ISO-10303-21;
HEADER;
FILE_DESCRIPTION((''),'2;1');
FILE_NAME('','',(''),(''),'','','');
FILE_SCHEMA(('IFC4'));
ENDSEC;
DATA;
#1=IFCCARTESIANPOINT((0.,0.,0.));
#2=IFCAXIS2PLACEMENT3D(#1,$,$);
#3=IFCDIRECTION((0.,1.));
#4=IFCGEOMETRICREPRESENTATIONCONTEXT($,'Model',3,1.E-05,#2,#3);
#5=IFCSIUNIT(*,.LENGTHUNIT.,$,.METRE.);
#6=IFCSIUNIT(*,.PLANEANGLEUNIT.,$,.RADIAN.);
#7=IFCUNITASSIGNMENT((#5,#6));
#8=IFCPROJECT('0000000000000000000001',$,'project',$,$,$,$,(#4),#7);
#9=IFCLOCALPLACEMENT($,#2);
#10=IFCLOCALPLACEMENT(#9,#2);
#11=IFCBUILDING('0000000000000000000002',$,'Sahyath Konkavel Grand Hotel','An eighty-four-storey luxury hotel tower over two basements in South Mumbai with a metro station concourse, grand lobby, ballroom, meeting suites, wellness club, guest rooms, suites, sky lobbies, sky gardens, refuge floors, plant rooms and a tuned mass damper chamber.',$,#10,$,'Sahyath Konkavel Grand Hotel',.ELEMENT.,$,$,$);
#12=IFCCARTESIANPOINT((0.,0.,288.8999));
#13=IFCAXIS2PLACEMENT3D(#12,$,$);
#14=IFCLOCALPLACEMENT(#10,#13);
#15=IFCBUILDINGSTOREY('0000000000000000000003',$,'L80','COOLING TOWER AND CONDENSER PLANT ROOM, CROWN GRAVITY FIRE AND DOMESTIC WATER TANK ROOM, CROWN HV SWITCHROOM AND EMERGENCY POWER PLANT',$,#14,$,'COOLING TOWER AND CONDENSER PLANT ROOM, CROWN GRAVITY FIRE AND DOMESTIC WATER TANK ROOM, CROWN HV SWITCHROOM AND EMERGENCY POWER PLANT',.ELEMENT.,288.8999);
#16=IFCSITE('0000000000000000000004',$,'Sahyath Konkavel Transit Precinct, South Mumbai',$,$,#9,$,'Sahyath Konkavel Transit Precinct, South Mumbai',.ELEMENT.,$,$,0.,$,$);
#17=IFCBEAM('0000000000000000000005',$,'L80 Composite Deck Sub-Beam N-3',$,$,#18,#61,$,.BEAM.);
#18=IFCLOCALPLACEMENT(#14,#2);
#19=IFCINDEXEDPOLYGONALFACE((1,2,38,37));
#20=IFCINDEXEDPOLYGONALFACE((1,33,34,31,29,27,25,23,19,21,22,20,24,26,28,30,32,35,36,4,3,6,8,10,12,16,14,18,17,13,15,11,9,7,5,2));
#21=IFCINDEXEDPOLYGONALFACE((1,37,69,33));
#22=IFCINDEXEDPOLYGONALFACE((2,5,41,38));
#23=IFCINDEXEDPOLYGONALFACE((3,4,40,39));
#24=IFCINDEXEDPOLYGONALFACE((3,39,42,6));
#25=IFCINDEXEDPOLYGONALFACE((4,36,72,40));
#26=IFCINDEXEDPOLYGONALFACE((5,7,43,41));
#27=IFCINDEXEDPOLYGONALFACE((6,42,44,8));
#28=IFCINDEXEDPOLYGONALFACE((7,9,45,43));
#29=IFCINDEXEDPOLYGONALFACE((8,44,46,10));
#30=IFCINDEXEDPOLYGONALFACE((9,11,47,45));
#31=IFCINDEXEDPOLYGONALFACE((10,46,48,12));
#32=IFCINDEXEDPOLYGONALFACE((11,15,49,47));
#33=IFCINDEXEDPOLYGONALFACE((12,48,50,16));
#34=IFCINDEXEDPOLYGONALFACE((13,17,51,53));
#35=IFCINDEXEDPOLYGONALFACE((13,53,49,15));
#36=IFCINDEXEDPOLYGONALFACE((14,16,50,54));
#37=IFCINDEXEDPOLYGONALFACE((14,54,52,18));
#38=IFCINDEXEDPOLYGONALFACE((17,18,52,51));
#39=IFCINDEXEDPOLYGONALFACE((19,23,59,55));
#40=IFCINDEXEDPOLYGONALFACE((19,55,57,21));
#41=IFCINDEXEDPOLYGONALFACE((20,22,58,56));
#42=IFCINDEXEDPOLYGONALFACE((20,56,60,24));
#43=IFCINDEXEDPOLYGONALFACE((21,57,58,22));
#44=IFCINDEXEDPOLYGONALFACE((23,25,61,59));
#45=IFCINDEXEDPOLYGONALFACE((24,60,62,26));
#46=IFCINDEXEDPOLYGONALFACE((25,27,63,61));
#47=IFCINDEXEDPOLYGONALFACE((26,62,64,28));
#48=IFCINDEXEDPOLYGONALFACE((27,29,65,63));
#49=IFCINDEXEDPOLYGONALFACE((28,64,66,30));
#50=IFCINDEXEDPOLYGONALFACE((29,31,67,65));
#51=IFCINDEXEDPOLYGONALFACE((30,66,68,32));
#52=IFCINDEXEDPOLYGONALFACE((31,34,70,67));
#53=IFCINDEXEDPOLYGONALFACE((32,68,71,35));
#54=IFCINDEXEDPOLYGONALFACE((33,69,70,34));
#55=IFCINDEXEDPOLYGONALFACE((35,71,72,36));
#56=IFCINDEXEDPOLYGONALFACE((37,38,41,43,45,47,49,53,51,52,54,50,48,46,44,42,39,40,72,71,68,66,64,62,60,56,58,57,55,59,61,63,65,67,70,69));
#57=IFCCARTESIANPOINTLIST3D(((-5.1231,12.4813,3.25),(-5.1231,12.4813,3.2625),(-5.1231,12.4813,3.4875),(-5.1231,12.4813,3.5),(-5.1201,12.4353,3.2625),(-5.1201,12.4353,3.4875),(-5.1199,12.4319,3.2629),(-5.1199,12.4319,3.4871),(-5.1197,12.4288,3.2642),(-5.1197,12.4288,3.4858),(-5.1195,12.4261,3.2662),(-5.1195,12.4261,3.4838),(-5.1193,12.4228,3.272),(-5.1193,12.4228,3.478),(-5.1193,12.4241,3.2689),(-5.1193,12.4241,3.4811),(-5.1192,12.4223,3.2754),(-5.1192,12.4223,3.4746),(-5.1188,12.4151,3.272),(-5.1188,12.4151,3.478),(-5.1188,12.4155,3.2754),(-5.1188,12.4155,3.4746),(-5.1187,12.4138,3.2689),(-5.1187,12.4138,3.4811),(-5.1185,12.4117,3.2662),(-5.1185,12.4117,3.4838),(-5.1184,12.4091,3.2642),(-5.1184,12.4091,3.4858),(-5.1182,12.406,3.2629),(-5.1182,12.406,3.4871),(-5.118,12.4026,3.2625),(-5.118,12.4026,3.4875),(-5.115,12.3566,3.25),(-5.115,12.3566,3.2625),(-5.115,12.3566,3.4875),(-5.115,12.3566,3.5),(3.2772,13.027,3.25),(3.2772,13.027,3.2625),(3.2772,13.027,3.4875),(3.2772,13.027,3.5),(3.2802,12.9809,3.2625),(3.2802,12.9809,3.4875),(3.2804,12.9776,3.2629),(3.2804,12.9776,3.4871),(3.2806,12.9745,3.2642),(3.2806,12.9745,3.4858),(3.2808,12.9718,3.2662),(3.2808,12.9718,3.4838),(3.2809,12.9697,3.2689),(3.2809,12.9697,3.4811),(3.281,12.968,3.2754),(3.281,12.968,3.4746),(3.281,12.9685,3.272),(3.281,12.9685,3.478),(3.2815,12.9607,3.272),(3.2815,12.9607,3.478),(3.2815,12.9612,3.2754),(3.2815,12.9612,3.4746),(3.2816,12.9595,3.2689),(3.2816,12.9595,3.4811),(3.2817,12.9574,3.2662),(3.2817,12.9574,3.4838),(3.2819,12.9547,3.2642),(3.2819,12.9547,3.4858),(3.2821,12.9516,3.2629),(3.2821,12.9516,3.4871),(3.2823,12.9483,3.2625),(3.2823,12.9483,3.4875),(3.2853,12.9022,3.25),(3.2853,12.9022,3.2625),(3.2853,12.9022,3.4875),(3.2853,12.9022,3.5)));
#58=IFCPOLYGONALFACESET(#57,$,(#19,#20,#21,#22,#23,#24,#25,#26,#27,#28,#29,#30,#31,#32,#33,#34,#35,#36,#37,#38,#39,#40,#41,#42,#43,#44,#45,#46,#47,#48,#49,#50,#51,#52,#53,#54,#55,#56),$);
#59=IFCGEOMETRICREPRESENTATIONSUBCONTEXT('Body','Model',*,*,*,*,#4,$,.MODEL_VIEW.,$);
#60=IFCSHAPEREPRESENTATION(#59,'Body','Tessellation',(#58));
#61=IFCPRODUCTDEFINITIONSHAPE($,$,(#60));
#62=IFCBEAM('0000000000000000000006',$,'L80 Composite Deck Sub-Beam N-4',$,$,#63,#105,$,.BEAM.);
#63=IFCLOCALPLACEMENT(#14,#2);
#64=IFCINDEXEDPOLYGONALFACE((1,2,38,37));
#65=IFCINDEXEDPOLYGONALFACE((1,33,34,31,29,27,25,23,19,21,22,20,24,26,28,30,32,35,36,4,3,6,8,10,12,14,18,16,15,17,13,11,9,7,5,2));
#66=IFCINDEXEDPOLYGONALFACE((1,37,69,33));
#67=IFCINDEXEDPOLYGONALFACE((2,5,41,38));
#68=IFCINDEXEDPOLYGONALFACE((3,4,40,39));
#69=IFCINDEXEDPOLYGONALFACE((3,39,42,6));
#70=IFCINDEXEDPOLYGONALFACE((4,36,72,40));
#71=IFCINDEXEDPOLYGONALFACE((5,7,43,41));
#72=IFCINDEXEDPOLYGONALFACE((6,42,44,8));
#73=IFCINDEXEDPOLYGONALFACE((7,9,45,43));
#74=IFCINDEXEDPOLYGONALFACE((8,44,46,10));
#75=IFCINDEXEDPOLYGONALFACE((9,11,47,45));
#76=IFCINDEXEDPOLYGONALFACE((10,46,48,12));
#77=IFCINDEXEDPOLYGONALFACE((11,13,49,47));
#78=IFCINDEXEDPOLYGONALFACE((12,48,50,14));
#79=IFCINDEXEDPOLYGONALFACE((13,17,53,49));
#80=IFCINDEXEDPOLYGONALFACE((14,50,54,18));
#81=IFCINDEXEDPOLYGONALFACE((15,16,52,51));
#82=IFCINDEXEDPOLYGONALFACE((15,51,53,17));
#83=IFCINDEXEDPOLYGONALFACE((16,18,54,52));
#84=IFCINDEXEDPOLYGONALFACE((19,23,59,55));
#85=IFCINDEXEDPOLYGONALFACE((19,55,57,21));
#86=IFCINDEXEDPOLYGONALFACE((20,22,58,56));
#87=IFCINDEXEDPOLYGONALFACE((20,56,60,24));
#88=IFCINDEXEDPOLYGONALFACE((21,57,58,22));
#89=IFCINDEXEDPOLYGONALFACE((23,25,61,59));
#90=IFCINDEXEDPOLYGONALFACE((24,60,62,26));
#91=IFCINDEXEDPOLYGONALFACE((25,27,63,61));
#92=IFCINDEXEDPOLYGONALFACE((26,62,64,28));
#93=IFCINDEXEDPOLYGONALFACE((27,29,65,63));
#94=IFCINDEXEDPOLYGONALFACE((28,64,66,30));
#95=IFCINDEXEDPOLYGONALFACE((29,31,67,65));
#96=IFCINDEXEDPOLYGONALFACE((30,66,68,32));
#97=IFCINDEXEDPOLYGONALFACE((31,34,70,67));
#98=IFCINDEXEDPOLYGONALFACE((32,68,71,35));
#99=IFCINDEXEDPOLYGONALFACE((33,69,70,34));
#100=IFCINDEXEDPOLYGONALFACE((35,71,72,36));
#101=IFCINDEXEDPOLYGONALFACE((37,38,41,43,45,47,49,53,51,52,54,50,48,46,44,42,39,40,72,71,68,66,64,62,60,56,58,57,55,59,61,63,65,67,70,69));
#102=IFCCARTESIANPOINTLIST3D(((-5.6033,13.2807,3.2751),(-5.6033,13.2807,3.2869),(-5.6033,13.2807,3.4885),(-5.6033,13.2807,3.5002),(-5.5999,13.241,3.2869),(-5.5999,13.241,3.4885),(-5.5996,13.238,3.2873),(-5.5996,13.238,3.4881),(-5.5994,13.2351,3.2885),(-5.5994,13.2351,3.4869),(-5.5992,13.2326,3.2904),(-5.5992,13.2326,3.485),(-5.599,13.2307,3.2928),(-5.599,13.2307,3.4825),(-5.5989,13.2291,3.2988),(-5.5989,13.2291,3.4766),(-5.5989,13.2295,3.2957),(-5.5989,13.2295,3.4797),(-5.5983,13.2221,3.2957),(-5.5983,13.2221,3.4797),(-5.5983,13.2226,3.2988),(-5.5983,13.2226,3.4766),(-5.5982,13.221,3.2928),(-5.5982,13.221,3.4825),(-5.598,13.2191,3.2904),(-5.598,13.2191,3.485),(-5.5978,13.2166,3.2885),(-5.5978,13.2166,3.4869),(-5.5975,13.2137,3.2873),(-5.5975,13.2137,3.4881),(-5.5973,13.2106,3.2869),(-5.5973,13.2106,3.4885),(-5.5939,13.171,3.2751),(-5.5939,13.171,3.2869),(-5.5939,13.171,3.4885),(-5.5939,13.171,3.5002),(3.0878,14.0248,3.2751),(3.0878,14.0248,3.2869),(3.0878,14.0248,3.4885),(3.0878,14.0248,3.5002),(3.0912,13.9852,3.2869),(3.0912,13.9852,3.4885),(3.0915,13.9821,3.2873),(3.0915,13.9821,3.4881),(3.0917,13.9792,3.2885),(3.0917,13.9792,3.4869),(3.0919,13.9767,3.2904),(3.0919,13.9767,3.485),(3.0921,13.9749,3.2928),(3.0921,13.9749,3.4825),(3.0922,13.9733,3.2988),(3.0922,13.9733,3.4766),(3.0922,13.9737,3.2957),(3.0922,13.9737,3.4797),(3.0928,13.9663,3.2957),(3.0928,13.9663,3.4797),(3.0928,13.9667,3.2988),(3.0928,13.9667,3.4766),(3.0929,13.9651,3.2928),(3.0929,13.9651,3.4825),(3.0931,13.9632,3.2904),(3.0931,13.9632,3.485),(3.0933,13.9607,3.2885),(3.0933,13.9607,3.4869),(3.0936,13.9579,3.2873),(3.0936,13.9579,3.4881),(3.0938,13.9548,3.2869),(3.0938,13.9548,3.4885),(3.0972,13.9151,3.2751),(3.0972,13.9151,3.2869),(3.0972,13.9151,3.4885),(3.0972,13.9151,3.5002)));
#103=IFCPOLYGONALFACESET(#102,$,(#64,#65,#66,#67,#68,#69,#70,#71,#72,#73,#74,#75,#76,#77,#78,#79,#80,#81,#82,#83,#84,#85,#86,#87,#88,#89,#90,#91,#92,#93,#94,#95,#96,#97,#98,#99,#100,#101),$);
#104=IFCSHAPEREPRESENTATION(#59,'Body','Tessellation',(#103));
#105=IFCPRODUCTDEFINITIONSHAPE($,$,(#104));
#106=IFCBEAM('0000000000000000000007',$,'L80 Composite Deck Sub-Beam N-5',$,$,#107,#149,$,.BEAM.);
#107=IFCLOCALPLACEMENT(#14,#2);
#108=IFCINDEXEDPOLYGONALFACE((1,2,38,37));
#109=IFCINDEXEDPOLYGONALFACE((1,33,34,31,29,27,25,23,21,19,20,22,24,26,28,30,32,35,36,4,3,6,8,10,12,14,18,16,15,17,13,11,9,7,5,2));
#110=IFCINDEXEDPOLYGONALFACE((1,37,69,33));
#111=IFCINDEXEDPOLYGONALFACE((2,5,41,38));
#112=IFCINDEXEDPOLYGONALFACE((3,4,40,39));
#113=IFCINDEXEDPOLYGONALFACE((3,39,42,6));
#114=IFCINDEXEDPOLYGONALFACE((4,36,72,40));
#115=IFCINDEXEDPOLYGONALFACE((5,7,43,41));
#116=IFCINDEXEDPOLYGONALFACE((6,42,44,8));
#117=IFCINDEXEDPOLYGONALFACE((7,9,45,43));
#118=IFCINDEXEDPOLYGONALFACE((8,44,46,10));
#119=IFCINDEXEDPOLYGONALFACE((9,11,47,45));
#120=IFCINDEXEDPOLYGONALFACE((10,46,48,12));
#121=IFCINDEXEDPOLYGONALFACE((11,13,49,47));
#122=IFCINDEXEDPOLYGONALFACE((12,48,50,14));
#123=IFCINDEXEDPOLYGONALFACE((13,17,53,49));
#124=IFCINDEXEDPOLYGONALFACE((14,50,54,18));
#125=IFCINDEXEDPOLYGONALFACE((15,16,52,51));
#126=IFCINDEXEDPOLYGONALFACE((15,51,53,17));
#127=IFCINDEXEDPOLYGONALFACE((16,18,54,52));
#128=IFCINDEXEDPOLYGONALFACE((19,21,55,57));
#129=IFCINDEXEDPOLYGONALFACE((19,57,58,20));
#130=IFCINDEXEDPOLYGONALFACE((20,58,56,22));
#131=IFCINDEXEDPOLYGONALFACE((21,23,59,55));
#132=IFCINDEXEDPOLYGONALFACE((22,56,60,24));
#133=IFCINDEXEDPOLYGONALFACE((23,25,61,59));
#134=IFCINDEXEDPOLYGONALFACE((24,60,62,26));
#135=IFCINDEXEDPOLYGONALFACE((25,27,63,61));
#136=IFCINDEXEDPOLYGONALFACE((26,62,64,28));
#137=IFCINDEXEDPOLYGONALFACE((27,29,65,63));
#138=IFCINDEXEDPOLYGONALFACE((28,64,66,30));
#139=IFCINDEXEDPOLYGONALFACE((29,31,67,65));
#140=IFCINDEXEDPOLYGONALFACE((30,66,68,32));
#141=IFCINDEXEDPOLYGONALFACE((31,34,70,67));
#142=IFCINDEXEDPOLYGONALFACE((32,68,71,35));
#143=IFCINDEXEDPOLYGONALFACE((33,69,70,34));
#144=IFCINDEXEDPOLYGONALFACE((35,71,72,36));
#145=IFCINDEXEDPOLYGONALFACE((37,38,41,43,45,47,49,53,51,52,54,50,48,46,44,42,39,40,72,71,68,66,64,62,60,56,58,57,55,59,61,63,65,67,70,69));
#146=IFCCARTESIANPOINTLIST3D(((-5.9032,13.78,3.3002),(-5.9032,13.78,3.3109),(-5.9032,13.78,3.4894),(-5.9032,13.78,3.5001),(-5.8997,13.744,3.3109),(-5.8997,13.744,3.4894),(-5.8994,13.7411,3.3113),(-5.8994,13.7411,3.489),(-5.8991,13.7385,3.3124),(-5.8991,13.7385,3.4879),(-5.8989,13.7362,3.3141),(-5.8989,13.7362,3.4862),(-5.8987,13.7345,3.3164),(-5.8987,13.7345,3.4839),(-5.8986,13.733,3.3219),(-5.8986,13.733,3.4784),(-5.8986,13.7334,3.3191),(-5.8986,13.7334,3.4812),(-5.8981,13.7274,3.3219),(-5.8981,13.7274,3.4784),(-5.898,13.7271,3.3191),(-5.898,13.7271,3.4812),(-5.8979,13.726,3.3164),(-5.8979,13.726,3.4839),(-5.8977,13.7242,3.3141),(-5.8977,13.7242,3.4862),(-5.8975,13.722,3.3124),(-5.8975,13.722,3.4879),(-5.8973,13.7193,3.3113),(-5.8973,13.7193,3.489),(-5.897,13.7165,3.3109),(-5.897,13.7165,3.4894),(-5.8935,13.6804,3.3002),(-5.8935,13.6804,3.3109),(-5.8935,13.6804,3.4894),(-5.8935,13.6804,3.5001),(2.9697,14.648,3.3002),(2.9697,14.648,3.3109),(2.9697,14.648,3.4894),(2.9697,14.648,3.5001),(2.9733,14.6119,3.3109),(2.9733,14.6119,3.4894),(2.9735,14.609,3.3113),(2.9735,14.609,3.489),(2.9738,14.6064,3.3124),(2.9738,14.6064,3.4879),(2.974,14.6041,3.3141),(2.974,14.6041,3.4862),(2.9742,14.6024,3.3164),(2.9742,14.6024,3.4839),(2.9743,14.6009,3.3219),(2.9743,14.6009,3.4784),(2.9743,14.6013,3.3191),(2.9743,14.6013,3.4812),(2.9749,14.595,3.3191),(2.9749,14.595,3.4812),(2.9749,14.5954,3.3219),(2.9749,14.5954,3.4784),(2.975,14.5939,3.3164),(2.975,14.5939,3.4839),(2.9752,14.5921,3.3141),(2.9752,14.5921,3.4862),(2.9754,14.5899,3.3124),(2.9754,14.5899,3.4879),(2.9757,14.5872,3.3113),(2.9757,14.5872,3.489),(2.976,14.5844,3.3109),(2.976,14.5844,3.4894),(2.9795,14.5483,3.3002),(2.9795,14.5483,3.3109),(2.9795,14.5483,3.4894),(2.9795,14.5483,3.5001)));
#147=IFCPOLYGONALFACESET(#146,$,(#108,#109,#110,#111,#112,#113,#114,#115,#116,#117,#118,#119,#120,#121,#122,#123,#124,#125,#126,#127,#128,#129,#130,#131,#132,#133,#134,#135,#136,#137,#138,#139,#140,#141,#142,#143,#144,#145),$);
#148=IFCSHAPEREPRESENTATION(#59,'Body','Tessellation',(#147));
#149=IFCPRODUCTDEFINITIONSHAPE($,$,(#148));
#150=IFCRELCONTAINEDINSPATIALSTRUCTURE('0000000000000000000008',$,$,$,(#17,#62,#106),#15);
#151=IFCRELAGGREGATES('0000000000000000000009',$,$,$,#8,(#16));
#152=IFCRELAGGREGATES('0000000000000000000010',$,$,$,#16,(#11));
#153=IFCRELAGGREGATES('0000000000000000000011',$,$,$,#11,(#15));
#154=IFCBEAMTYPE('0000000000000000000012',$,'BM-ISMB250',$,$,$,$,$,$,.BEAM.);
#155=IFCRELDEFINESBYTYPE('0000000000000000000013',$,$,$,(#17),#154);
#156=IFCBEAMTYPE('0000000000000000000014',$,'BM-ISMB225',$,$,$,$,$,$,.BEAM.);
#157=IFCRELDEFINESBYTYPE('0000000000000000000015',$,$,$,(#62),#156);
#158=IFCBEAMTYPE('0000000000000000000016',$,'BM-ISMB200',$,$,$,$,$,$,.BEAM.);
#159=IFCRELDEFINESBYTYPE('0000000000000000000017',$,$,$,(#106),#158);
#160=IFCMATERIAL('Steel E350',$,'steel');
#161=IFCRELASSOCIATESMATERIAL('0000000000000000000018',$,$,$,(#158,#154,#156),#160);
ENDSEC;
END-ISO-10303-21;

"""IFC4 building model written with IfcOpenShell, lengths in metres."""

from ifc_helpers import new_model, si_unit, direction, frame, origin, origin_2d, place, context, subcontext, project, spatial, i_section, extrude, source, transform, mapped, material, material_profile, profile_set, type_object, element, save


model = new_model("IFC4")

# Units and contexts
model_context = context("Model", 3, precision=1e-05, world=origin(), true_north=direction((0.0, 1.0)))
body_context = subcontext(model_context, "Body", "Model", "MODEL_VIEW")
ifc_project = project(units=[si_unit("LENGTHUNIT", "METRE"), si_unit("PLANEANGLEUNIT", "RADIAN")], contexts=[model_context])

# Site, building, storey
site_placement = place(None, origin())
site = spatial("IfcSite", under=ifc_project, at=site_placement, Name="Sahyath Konkavel Transit Precinct, South Mumbai", LongName="Sahyath Konkavel Transit Precinct, South Mumbai", CompositionType="ELEMENT", RefElevation=0.0)
building_placement = place(site_placement, origin())
building = spatial("IfcBuilding", under=site, at=building_placement, Name="Sahyath Konkavel Grand Hotel", Description="An eighty-four-storey luxury hotel tower over two basements in South Mumbai with a metro station concourse, grand lobby, ballroom, meeting suites, wellness club, guest rooms, suites, sky lobbies, sky gardens, refuge floors, plant rooms and a tuned mass damper chamber.", LongName="Sahyath Konkavel Grand Hotel", CompositionType="ELEMENT")
storey_placement = place(building_placement, frame((0.0, 0.0, 288.8999)))
storey = spatial("IfcBuildingStorey", under=building, at=storey_placement, Name="L80", Description="COOLING TOWER AND CONDENSER PLANT ROOM, CROWN GRAVITY FIRE AND DOMESTIC WATER TANK ROOM, CROWN HV SWITCHROOM AND EMERGENCY POWER PLANT", LongName="COOLING TOWER AND CONDENSER PLANT ROOM, CROWN GRAVITY FIRE AND DOMESTIC WATER TANK ROOM, CROWN HV SWITCHROOM AND EMERGENCY POWER PLANT", CompositionType="ELEMENT", Elevation=288.8999)

# Beams
ifc_material_1 = material(Name="Steel E350", Category="steel")
ifc_material_profile_1 = material_profile(ifc_material_1, i_section(OverallWidth=0.1001, OverallDepth=0.2, WebThickness=0.0056, FlangeThickness=0.0107, FilletRadius=0.011, at=origin_2d()), Name="ISMB 200")
ifc_profile_set_1 = profile_set([ifc_material_profile_1], Name="Steel E350")
beam_type_1 = type_object("IfcBeamType", Name="BM-ISMB200", PredefinedType="BEAM", material=ifc_profile_set_1)
ifc_material_profile_2 = material_profile(ifc_material_1, i_section(OverallWidth=0.125, OverallDepth=0.25, WebThickness=0.0068, FlangeThickness=0.0125, FilletRadius=0.0129, at=origin_2d()), Name="ISMB 250")
ifc_profile_set_2 = profile_set([ifc_material_profile_2], Name="Steel E350")
beam_type_2 = type_object("IfcBeamType", Name="BM-ISMB250", PredefinedType="BEAM", material=ifc_profile_set_2)
shared_shape_1 = source(origin(), body_context, "Body", "SweptSolid", [
    extrude(i_section(OverallWidth=0.125, OverallDepth=0.25, WebThickness=0.0068, FlangeThickness=0.0125, FilletRadius=0.0129, at=origin_2d()), origin(), (0.0, 0.0, 1.0), 8.418),
])
beam_1_placement = place(storey_placement, frame((3.2812, 12.9646, 3.375), z_axis=(-0.997897, -0.064821, 0.0), x_axis=(0.064821, -0.997897, 0.0)))
element("IfcBeam", 1, at=beam_1_placement, inside=storey, type_object=beam_type_2, Name="L80 Composite Deck Sub-Beam N-3", PredefinedType="BEAM", context=body_context, shape_type="MappedRepresentation", body=[
    mapped(shared_shape_1, transform((0.0, 0.0, 0.0), scale=1.0)),
])
ifc_material_profile_3 = material_profile(ifc_material_1, i_section(OverallWidth=0.1101, OverallDepth=0.2251, WebThickness=0.0066, FlangeThickness=0.0117, FilletRadius=0.012, at=origin_2d()), Name="ISMB 225")
ifc_profile_set_3 = profile_set([ifc_material_profile_3], Name="Steel E350")
beam_type_3 = type_object("IfcBeamType", Name="BM-ISMB225", PredefinedType="BEAM", material=ifc_profile_set_3)
shared_shape_2 = source(origin(), body_context, "Body", "SweptSolid", [
    extrude(i_section(OverallWidth=0.1101, OverallDepth=0.2251, WebThickness=0.0066, FlangeThickness=0.0117, FilletRadius=0.012, at=origin_2d()), origin(), (0.0, 0.0, 1.0), 8.7229),
])
beam_2_placement = place(storey_placement, frame((3.0925, 13.97, 3.3877), z_axis=(-0.996355, -0.085308, 0.0), x_axis=(0.085308, -0.996355, 0.0)))
element("IfcBeam", 2, at=beam_2_placement, inside=storey, type_object=beam_type_3, Name="L80 Composite Deck Sub-Beam N-4", PredefinedType="BEAM", context=body_context, shape_type="MappedRepresentation", body=[
    mapped(shared_shape_2, transform((0.0, 0.0, 0.0), scale=1.0)),
])
shared_shape_3 = source(origin(), body_context, "Body", "SweptSolid", [
    extrude(i_section(OverallWidth=0.1001, OverallDepth=0.2, WebThickness=0.0056, FlangeThickness=0.0107, FilletRadius=0.011, at=origin_2d()), origin(), (0.0, 0.0, 1.0), 8.9153),
])
beam_3_placement = place(storey_placement, frame((2.9746, 14.5981, 3.4001), z_axis=(-0.99525, -0.097351, 0.0), x_axis=(0.097351, -0.99525, 0.0)))
element("IfcBeam", 3, at=beam_3_placement, inside=storey, type_object=beam_type_1, Name="L80 Composite Deck Sub-Beam N-5", PredefinedType="BEAM", context=body_context, shape_type="MappedRepresentation", body=[
    mapped(shared_shape_3, transform((0.0, 0.0, 0.0), scale=1.0)),
])

save(model, "model.ifc")
